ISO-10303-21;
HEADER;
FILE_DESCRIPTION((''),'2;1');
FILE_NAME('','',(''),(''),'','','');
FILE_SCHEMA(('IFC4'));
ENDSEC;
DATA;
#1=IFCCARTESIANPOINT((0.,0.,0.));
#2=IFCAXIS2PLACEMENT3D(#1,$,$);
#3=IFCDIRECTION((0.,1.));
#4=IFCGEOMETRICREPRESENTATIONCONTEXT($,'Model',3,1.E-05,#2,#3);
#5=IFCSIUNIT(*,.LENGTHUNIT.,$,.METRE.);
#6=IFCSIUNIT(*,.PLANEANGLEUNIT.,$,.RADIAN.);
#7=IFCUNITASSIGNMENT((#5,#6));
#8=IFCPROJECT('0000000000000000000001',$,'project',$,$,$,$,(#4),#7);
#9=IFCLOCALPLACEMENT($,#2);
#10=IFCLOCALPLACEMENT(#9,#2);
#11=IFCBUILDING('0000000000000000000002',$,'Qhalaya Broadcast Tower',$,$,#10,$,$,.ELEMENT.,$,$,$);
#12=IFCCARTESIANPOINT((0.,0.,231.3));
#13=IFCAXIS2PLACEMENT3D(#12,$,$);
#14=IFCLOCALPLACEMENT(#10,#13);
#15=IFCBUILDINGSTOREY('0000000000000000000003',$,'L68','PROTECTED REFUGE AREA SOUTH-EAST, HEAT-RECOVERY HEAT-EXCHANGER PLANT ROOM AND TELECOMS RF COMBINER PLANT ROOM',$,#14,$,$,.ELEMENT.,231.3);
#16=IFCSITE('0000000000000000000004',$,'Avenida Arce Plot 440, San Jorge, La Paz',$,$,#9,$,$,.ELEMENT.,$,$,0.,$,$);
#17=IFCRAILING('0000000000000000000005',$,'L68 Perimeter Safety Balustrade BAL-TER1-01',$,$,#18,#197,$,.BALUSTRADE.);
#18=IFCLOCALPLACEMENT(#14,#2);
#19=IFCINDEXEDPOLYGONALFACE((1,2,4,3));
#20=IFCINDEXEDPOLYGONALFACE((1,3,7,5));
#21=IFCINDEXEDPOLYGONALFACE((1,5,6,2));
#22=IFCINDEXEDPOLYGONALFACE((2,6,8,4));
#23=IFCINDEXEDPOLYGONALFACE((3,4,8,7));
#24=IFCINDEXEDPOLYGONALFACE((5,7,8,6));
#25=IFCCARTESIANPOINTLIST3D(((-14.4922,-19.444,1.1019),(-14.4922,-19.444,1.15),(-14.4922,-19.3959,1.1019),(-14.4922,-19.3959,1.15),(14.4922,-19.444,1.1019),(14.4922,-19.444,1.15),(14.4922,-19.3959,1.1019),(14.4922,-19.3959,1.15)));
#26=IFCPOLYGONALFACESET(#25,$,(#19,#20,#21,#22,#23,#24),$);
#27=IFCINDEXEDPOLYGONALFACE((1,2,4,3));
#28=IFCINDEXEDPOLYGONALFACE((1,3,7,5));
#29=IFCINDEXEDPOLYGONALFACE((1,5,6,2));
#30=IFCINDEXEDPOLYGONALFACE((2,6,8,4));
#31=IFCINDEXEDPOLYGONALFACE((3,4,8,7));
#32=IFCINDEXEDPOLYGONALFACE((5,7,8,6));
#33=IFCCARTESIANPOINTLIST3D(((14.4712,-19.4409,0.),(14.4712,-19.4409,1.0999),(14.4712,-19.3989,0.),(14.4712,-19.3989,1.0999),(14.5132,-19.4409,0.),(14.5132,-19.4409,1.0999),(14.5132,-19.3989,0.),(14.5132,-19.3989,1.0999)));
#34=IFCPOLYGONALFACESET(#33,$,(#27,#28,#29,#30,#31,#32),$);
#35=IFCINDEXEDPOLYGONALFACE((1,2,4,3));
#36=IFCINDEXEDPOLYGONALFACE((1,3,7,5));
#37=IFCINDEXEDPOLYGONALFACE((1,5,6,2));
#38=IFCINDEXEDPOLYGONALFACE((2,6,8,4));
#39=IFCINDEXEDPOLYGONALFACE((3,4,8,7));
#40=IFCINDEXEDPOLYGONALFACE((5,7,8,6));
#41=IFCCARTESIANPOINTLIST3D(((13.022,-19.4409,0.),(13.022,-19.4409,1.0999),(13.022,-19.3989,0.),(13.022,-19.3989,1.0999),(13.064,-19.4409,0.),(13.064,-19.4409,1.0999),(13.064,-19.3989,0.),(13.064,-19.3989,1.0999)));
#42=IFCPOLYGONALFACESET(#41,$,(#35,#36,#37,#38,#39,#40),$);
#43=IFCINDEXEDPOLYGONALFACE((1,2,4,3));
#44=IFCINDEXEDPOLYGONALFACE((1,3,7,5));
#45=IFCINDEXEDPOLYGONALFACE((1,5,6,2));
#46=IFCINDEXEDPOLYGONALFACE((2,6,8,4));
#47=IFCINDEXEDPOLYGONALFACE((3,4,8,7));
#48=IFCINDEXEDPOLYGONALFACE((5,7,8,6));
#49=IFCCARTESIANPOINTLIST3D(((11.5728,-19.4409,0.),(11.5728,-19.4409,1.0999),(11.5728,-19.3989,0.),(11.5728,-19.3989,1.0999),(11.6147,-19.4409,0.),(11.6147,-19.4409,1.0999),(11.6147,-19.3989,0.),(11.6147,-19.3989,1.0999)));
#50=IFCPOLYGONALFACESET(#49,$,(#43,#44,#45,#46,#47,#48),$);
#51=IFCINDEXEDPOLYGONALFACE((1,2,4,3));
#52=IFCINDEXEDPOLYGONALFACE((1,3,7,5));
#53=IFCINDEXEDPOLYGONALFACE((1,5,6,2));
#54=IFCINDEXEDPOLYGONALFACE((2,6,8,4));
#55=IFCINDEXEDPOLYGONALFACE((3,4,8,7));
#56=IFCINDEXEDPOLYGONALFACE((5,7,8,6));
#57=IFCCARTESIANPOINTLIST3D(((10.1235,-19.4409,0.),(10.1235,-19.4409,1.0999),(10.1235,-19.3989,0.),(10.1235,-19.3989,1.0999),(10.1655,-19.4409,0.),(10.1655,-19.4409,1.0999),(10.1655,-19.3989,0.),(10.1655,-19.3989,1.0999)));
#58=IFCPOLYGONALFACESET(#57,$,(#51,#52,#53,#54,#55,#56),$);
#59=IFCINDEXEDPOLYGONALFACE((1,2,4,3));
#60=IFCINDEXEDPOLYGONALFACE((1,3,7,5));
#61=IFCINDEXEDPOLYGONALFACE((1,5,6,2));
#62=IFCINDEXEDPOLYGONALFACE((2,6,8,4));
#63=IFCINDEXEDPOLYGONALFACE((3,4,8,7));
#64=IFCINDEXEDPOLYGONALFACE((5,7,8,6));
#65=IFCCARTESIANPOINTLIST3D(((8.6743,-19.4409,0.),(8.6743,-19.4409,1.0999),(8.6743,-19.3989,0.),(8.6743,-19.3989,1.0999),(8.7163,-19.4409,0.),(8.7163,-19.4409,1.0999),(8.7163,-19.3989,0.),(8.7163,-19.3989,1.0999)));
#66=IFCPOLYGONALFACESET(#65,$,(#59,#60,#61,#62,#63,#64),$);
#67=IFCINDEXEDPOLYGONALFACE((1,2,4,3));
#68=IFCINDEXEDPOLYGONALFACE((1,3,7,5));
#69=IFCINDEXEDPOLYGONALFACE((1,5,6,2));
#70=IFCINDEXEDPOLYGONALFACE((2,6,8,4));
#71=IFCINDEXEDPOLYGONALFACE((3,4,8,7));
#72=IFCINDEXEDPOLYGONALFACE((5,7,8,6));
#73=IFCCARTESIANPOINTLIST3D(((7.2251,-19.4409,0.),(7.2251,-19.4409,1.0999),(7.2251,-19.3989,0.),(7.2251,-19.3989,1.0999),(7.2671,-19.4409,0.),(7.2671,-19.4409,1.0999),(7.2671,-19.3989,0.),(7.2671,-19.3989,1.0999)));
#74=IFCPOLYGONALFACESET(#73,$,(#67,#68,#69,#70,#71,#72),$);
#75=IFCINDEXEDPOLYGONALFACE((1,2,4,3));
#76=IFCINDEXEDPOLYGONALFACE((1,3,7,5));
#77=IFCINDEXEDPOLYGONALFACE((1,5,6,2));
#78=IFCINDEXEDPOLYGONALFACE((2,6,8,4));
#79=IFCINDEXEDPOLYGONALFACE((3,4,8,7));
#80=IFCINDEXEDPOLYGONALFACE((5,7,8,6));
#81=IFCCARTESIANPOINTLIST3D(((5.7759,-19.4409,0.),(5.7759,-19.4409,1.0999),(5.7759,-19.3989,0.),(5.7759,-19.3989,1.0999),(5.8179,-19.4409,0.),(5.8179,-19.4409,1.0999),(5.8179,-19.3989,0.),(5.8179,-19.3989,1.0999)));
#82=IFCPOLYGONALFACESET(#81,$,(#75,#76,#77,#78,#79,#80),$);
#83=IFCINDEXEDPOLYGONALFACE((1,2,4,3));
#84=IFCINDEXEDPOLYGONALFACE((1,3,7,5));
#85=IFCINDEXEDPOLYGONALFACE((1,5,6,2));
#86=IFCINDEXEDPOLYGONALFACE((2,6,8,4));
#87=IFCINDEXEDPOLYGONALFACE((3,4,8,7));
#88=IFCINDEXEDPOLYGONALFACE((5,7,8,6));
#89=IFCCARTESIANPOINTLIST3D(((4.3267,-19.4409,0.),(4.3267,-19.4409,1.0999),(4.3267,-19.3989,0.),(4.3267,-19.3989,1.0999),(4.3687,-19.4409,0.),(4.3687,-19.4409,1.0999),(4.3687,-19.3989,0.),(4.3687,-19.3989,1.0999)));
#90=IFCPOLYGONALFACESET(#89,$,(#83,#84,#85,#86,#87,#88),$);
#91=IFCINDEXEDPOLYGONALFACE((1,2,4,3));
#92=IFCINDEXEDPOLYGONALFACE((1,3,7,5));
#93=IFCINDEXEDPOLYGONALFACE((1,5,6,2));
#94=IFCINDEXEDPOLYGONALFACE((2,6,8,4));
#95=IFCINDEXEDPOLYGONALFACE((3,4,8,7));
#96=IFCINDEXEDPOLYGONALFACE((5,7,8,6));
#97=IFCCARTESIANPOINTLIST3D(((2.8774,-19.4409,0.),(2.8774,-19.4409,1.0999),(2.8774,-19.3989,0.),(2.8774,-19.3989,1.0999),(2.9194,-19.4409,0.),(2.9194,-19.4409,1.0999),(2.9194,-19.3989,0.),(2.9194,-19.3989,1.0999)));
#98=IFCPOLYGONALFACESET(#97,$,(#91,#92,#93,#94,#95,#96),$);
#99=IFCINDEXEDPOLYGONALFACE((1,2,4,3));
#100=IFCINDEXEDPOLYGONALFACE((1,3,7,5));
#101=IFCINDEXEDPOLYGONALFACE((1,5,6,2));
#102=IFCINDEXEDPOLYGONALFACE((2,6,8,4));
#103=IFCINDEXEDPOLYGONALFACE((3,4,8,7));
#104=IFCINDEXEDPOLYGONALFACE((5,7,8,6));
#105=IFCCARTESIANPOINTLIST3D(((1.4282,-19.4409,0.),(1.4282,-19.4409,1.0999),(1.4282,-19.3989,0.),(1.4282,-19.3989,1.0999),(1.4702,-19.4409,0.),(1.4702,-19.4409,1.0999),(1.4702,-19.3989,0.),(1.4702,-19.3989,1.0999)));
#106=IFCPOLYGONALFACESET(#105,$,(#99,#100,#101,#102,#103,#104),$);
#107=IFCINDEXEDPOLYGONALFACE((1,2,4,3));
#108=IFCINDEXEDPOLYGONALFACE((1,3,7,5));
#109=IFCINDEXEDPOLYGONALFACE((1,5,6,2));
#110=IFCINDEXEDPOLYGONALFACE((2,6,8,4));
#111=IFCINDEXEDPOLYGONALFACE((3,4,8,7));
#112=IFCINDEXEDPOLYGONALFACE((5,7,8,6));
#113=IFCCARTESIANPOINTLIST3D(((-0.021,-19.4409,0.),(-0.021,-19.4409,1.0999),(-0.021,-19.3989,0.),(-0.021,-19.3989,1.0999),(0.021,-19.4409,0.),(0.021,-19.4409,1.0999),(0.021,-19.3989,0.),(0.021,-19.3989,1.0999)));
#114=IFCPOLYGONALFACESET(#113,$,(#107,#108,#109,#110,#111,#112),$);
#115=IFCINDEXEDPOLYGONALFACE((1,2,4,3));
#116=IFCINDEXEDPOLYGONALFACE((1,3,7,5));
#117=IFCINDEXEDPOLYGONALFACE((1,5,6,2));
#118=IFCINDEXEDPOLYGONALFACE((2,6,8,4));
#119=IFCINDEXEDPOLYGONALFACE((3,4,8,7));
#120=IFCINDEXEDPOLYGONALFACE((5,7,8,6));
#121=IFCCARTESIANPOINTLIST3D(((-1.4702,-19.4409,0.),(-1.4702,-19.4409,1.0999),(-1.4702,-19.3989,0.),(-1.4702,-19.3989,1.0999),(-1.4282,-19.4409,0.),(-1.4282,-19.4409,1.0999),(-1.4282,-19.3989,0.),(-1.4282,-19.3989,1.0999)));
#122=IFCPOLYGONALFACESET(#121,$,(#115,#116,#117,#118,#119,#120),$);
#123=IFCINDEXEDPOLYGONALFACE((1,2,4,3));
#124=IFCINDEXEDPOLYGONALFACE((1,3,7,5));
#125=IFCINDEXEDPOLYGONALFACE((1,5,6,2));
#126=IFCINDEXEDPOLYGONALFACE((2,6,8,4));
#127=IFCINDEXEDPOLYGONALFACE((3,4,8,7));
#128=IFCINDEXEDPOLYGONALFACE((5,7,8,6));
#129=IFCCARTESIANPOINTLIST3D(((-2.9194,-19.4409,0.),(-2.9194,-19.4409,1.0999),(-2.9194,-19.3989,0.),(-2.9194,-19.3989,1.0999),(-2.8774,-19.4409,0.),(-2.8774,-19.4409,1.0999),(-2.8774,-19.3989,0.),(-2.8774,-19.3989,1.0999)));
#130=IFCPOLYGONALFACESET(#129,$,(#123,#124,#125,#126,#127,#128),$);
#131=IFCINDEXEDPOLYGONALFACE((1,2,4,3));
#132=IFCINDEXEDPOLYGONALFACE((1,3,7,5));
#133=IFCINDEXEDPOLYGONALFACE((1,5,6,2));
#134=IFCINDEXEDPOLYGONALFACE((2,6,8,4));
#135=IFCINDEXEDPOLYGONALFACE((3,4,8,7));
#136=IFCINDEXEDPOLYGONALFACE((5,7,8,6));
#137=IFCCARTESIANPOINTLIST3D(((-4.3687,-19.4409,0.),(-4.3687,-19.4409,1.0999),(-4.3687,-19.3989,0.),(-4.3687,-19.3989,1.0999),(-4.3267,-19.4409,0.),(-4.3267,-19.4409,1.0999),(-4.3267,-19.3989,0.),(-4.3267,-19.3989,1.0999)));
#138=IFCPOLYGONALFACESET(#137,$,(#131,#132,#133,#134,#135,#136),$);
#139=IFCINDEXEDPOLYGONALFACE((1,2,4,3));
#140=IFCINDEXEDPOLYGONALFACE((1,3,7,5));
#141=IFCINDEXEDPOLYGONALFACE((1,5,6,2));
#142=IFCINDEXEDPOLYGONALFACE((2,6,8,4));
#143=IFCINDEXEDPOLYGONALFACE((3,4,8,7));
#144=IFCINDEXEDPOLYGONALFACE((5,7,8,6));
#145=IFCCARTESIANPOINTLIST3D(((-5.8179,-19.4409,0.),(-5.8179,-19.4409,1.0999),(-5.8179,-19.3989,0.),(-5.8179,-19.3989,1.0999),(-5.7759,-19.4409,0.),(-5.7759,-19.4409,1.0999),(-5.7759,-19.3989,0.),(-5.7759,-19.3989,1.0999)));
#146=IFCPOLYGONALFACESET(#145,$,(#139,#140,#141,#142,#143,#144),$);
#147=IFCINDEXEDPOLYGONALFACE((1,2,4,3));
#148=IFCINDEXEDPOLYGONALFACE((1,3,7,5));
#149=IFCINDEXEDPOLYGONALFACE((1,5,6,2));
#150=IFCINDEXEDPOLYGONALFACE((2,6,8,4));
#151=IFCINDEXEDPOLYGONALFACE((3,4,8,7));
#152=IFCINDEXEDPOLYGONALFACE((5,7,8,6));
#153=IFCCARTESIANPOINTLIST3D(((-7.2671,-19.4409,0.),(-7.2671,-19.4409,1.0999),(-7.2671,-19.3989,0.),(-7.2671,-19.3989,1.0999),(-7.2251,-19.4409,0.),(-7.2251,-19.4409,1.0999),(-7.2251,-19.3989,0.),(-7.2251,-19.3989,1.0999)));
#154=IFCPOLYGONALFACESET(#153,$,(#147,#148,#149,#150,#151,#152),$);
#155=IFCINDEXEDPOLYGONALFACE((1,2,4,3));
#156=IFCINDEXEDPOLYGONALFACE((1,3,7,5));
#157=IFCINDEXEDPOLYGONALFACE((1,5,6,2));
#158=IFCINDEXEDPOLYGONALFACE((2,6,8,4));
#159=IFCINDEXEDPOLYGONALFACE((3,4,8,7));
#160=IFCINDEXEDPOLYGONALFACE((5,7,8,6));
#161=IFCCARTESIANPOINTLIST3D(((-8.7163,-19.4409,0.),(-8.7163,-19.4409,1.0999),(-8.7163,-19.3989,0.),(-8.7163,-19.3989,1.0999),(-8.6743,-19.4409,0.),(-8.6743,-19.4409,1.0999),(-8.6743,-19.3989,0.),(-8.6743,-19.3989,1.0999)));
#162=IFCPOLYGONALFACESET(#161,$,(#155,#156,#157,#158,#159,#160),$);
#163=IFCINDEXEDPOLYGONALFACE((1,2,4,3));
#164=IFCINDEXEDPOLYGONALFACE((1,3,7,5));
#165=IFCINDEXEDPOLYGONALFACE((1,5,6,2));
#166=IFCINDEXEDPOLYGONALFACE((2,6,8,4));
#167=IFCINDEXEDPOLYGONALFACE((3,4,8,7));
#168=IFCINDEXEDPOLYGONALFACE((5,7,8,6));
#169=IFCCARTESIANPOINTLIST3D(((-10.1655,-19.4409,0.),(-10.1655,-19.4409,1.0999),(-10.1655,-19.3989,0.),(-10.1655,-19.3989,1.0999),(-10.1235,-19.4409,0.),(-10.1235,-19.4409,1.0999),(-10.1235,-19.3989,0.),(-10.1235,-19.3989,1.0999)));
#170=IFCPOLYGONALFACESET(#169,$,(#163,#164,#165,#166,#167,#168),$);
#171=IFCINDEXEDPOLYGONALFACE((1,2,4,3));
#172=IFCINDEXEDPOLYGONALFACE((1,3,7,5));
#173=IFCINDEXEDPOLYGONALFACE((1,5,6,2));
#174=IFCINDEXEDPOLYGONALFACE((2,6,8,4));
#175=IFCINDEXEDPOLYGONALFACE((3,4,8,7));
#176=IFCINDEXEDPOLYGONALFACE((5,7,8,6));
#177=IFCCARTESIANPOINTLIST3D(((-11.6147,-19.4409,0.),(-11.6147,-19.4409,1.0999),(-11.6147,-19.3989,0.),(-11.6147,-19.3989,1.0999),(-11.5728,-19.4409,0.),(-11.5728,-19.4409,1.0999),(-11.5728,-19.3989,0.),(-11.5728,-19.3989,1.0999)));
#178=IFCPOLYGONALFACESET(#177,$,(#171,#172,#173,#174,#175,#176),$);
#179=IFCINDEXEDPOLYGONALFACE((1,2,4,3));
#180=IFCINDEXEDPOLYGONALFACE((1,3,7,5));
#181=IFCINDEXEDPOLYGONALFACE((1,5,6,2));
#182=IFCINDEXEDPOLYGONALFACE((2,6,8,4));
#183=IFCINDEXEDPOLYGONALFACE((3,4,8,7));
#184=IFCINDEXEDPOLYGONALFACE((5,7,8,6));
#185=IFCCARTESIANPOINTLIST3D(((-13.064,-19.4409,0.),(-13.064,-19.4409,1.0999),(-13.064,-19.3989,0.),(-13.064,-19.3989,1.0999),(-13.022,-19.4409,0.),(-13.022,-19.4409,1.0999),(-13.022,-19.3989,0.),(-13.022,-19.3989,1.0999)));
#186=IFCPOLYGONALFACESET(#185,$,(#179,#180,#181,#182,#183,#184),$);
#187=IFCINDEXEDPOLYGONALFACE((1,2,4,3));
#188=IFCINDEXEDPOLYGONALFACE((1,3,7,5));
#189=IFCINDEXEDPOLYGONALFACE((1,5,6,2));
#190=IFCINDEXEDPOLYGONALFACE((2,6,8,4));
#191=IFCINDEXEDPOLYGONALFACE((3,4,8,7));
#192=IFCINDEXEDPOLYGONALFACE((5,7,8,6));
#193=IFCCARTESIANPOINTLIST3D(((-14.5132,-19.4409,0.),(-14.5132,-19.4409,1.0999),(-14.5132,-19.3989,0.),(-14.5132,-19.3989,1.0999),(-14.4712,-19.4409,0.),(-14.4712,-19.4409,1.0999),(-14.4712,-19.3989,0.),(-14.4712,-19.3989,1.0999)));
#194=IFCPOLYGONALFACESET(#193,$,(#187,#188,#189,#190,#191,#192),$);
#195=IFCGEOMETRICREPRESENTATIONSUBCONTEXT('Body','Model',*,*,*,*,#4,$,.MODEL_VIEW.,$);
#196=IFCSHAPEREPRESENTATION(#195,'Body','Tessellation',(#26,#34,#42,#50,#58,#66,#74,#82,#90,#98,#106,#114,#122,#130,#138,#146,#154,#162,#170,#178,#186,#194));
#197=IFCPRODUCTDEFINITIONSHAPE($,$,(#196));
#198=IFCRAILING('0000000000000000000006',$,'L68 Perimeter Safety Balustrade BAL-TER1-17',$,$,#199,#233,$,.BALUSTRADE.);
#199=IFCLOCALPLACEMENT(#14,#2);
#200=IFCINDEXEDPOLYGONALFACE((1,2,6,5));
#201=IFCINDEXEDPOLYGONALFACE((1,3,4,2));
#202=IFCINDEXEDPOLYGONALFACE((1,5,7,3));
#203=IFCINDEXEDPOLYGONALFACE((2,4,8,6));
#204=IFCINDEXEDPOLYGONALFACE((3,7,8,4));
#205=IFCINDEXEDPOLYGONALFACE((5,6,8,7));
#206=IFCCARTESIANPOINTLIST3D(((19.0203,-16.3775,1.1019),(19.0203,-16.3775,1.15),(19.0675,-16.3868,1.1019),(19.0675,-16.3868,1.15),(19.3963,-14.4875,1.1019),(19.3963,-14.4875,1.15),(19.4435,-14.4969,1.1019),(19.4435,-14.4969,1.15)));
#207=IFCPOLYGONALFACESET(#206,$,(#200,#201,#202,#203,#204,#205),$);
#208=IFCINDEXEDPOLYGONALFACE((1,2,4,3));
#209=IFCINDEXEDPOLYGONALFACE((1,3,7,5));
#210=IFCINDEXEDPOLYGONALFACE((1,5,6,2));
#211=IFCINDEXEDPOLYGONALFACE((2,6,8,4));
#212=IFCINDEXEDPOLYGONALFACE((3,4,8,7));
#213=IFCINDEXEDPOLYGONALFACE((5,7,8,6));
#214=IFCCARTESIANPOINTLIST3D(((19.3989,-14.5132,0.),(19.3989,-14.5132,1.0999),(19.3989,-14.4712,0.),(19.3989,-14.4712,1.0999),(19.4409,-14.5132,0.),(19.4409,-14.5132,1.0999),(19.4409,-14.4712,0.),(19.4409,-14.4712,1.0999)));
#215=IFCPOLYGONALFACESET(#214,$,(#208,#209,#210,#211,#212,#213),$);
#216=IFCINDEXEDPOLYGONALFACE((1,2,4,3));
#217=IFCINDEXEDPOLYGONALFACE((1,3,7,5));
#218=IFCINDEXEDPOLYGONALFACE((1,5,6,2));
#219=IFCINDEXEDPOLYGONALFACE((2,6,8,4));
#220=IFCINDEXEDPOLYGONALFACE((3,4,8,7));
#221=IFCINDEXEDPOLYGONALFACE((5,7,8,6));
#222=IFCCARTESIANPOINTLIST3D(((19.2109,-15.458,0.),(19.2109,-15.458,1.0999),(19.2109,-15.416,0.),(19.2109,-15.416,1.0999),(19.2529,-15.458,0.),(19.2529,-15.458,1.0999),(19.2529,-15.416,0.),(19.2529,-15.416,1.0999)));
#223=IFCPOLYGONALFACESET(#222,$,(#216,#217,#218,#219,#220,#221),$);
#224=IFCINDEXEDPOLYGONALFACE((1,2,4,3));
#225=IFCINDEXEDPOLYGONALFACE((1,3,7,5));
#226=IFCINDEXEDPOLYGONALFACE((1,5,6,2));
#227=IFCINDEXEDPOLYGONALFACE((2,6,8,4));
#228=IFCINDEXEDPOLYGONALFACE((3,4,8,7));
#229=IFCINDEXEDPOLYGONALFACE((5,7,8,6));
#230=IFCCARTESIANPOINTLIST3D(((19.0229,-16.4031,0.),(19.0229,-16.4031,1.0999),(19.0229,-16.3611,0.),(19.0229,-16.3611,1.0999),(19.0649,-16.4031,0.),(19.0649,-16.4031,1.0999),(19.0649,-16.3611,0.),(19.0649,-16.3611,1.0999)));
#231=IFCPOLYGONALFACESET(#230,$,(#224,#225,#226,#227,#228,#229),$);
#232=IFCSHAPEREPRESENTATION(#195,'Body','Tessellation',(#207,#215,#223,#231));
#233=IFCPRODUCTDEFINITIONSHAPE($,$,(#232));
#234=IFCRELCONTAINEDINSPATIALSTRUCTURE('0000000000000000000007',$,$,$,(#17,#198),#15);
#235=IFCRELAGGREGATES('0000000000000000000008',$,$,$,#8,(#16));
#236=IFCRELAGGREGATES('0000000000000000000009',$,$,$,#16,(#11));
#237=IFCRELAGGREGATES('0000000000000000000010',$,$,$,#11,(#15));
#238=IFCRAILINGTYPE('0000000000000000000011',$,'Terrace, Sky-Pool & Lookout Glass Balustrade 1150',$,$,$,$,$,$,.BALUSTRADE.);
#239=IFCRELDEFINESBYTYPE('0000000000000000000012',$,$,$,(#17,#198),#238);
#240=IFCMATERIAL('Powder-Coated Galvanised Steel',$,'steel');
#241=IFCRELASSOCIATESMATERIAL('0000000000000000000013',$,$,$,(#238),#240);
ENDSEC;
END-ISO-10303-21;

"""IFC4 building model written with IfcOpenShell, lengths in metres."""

from ifc_helpers import new_model, si_unit, direction, frame, origin, origin_2d, place, context, subcontext, project, spatial, rectangle, extrude, material, type_object, element, save


model = new_model("IFC4")

# Units and contexts
model_context = context("Model", 3, precision=1e-05, world=origin(), true_north=direction((0.0, 1.0)))
body_context = subcontext(model_context, "Body", "Model", "MODEL_VIEW")
ifc_project = project(units=[si_unit("LENGTHUNIT", "METRE"), si_unit("PLANEANGLEUNIT", "RADIAN")], contexts=[model_context])

# Site, building, storey
site_placement = place(None, origin())
site = spatial("IfcSite", under=ifc_project, at=site_placement, Name="Avenida Arce Plot 440, San Jorge, La Paz", CompositionType="ELEMENT", RefElevation=0.0)
building_placement = place(site_placement, origin())
building = spatial("IfcBuilding", under=site, at=building_placement, Name="Qhalaya Broadcast Tower", CompositionType="ELEMENT")
storey_placement = place(building_placement, frame((0.0, 0.0, 231.3)))
storey = spatial("IfcBuildingStorey", under=building, at=storey_placement, Name="L68", Description="PROTECTED REFUGE AREA SOUTH-EAST, HEAT-RECOVERY HEAT-EXCHANGER PLANT ROOM AND TELECOMS RF COMBINER PLANT ROOM", CompositionType="ELEMENT", Elevation=231.3)

# Railings
ifc_material_1 = material(Name="Powder-Coated Galvanised Steel", Category="steel")
railing_type = type_object("IfcRailingType", Name="Terrace, Sky-Pool & Lookout Glass Balustrade 1150", PredefinedType="BALUSTRADE", material=ifc_material_1)
railing_1_placement = place(storey_placement, frame((14.4922, -19.4199, 0.0)))
element("IfcRailing", 1, at=railing_1_placement, inside=storey, type_object=railing_type, Name="L68 Perimeter Safety Balustrade BAL-TER1-01", PredefinedType="BALUSTRADE", context=body_context, shape_type="SweptSolid", body=[
    extrude(rectangle(XDim=0.0481, YDim=0.0481, at=origin_2d()), frame((0.0, 0.0, 1.126), z_axis=(-1.0, 0.0, 0.0), x_axis=(0.0, -1.0, 0.0)), (0.0, 0.0, 1.0), 28.9844),
    extrude(rectangle(XDim=0.042, YDim=0.042, at=origin_2d()), origin(), (0.0, 0.0, 1.0), 1.0999),
    extrude(rectangle(XDim=0.042, YDim=0.042, at=origin_2d()), frame((-1.4492, 0.0, 0.0)), (0.0, 0.0, 1.0), 1.0999),
    extrude(rectangle(XDim=0.042, YDim=0.042, at=origin_2d()), frame((-2.8984, 0.0, 0.0)), (0.0, 0.0, 1.0), 1.0999),
    extrude(rectangle(XDim=0.042, YDim=0.042, at=origin_2d()), frame((-4.3477, 0.0, 0.0)), (0.0, 0.0, 1.0), 1.0999),
    extrude(rectangle(XDim=0.042, YDim=0.042, at=origin_2d()), frame((-5.7969, 0.0, 0.0)), (0.0, 0.0, 1.0), 1.0999),
    extrude(rectangle(XDim=0.042, YDim=0.042, at=origin_2d()), frame((-7.2461, 0.0, 0.0)), (0.0, 0.0, 1.0), 1.0999),
    extrude(rectangle(XDim=0.042, YDim=0.042, at=origin_2d()), frame((-8.6953, 0.0, 0.0)), (0.0, 0.0, 1.0), 1.0999),
    extrude(rectangle(XDim=0.042, YDim=0.042, at=origin_2d()), frame((-10.1445, 0.0, 0.0)), (0.0, 0.0, 1.0), 1.0999),
    extrude(rectangle(XDim=0.042, YDim=0.042, at=origin_2d()), frame((-11.5938, 0.0, 0.0)), (0.0, 0.0, 1.0), 1.0999),
    extrude(rectangle(XDim=0.042, YDim=0.042, at=origin_2d()), frame((-13.043, 0.0, 0.0)), (0.0, 0.0, 1.0), 1.0999),
    extrude(rectangle(XDim=0.042, YDim=0.042, at=origin_2d()), frame((-14.4922, 0.0, 0.0)), (0.0, 0.0, 1.0), 1.0999),
    extrude(rectangle(XDim=0.042, YDim=0.042, at=origin_2d()), frame((-15.9414, 0.0, 0.0)), (0.0, 0.0, 1.0), 1.0999),
    extrude(rectangle(XDim=0.042, YDim=0.042, at=origin_2d()), frame((-17.3906, 0.0, 0.0)), (0.0, 0.0, 1.0), 1.0999),
    extrude(rectangle(XDim=0.042, YDim=0.042, at=origin_2d()), frame((-18.8398, 0.0, 0.0)), (0.0, 0.0, 1.0), 1.0999),
    extrude(rectangle(XDim=0.042, YDim=0.042, at=origin_2d()), frame((-20.2891, 0.0, 0.0)), (0.0, 0.0, 1.0), 1.0999),
    extrude(rectangle(XDim=0.042, YDim=0.042, at=origin_2d()), frame((-21.7383, 0.0, 0.0)), (0.0, 0.0, 1.0), 1.0999),
    extrude(rectangle(XDim=0.042, YDim=0.042, at=origin_2d()), frame((-23.1875, 0.0, 0.0)), (0.0, 0.0, 1.0), 1.0999),
    extrude(rectangle(XDim=0.042, YDim=0.042, at=origin_2d()), frame((-24.6367, 0.0, 0.0)), (0.0, 0.0, 1.0), 1.0999),
    extrude(rectangle(XDim=0.042, YDim=0.042, at=origin_2d()), frame((-26.0859, 0.0, 0.0)), (0.0, 0.0, 1.0), 1.0999),
    extrude(rectangle(XDim=0.042, YDim=0.042, at=origin_2d()), frame((-27.5352, 0.0, 0.0)), (0.0, 0.0, 1.0), 1.0999),
    extrude(rectangle(XDim=0.042, YDim=0.042, at=origin_2d()), frame((-28.9844, 0.0, 0.0)), (0.0, 0.0, 1.0), 1.0999),
])
railing_2_placement = place(storey_placement, frame((19.4199, -14.4922, 0.0)))
element("IfcRailing", 2, at=railing_2_placement, inside=storey, type_object=railing_type, Name="L68 Perimeter Safety Balustrade BAL-TER1-17", PredefinedType="BALUSTRADE", context=body_context, shape_type="SweptSolid", body=[
    extrude(rectangle(XDim=0.0481, YDim=0.0481, at=origin_2d()), frame((0.0, 0.0, 1.126), z_axis=(-0.195117, -0.98078, 0.0), x_axis=(0.98078, -0.195117, 0.0)), (0.0, 0.0, 1.0), 1.927),
    extrude(rectangle(XDim=0.042, YDim=0.042, at=origin_2d()), origin(), (0.0, 0.0, 1.0), 1.0999),
    extrude(rectangle(XDim=0.042, YDim=0.042, at=origin_2d()), frame((-0.188, -0.9448, 0.0)), (0.0, 0.0, 1.0), 1.0999),
    extrude(rectangle(XDim=0.042, YDim=0.042, at=origin_2d()), frame((-0.376, -1.8899, 0.0)), (0.0, 0.0, 1.0), 1.0999),
])

save(model, "model.ifc")
